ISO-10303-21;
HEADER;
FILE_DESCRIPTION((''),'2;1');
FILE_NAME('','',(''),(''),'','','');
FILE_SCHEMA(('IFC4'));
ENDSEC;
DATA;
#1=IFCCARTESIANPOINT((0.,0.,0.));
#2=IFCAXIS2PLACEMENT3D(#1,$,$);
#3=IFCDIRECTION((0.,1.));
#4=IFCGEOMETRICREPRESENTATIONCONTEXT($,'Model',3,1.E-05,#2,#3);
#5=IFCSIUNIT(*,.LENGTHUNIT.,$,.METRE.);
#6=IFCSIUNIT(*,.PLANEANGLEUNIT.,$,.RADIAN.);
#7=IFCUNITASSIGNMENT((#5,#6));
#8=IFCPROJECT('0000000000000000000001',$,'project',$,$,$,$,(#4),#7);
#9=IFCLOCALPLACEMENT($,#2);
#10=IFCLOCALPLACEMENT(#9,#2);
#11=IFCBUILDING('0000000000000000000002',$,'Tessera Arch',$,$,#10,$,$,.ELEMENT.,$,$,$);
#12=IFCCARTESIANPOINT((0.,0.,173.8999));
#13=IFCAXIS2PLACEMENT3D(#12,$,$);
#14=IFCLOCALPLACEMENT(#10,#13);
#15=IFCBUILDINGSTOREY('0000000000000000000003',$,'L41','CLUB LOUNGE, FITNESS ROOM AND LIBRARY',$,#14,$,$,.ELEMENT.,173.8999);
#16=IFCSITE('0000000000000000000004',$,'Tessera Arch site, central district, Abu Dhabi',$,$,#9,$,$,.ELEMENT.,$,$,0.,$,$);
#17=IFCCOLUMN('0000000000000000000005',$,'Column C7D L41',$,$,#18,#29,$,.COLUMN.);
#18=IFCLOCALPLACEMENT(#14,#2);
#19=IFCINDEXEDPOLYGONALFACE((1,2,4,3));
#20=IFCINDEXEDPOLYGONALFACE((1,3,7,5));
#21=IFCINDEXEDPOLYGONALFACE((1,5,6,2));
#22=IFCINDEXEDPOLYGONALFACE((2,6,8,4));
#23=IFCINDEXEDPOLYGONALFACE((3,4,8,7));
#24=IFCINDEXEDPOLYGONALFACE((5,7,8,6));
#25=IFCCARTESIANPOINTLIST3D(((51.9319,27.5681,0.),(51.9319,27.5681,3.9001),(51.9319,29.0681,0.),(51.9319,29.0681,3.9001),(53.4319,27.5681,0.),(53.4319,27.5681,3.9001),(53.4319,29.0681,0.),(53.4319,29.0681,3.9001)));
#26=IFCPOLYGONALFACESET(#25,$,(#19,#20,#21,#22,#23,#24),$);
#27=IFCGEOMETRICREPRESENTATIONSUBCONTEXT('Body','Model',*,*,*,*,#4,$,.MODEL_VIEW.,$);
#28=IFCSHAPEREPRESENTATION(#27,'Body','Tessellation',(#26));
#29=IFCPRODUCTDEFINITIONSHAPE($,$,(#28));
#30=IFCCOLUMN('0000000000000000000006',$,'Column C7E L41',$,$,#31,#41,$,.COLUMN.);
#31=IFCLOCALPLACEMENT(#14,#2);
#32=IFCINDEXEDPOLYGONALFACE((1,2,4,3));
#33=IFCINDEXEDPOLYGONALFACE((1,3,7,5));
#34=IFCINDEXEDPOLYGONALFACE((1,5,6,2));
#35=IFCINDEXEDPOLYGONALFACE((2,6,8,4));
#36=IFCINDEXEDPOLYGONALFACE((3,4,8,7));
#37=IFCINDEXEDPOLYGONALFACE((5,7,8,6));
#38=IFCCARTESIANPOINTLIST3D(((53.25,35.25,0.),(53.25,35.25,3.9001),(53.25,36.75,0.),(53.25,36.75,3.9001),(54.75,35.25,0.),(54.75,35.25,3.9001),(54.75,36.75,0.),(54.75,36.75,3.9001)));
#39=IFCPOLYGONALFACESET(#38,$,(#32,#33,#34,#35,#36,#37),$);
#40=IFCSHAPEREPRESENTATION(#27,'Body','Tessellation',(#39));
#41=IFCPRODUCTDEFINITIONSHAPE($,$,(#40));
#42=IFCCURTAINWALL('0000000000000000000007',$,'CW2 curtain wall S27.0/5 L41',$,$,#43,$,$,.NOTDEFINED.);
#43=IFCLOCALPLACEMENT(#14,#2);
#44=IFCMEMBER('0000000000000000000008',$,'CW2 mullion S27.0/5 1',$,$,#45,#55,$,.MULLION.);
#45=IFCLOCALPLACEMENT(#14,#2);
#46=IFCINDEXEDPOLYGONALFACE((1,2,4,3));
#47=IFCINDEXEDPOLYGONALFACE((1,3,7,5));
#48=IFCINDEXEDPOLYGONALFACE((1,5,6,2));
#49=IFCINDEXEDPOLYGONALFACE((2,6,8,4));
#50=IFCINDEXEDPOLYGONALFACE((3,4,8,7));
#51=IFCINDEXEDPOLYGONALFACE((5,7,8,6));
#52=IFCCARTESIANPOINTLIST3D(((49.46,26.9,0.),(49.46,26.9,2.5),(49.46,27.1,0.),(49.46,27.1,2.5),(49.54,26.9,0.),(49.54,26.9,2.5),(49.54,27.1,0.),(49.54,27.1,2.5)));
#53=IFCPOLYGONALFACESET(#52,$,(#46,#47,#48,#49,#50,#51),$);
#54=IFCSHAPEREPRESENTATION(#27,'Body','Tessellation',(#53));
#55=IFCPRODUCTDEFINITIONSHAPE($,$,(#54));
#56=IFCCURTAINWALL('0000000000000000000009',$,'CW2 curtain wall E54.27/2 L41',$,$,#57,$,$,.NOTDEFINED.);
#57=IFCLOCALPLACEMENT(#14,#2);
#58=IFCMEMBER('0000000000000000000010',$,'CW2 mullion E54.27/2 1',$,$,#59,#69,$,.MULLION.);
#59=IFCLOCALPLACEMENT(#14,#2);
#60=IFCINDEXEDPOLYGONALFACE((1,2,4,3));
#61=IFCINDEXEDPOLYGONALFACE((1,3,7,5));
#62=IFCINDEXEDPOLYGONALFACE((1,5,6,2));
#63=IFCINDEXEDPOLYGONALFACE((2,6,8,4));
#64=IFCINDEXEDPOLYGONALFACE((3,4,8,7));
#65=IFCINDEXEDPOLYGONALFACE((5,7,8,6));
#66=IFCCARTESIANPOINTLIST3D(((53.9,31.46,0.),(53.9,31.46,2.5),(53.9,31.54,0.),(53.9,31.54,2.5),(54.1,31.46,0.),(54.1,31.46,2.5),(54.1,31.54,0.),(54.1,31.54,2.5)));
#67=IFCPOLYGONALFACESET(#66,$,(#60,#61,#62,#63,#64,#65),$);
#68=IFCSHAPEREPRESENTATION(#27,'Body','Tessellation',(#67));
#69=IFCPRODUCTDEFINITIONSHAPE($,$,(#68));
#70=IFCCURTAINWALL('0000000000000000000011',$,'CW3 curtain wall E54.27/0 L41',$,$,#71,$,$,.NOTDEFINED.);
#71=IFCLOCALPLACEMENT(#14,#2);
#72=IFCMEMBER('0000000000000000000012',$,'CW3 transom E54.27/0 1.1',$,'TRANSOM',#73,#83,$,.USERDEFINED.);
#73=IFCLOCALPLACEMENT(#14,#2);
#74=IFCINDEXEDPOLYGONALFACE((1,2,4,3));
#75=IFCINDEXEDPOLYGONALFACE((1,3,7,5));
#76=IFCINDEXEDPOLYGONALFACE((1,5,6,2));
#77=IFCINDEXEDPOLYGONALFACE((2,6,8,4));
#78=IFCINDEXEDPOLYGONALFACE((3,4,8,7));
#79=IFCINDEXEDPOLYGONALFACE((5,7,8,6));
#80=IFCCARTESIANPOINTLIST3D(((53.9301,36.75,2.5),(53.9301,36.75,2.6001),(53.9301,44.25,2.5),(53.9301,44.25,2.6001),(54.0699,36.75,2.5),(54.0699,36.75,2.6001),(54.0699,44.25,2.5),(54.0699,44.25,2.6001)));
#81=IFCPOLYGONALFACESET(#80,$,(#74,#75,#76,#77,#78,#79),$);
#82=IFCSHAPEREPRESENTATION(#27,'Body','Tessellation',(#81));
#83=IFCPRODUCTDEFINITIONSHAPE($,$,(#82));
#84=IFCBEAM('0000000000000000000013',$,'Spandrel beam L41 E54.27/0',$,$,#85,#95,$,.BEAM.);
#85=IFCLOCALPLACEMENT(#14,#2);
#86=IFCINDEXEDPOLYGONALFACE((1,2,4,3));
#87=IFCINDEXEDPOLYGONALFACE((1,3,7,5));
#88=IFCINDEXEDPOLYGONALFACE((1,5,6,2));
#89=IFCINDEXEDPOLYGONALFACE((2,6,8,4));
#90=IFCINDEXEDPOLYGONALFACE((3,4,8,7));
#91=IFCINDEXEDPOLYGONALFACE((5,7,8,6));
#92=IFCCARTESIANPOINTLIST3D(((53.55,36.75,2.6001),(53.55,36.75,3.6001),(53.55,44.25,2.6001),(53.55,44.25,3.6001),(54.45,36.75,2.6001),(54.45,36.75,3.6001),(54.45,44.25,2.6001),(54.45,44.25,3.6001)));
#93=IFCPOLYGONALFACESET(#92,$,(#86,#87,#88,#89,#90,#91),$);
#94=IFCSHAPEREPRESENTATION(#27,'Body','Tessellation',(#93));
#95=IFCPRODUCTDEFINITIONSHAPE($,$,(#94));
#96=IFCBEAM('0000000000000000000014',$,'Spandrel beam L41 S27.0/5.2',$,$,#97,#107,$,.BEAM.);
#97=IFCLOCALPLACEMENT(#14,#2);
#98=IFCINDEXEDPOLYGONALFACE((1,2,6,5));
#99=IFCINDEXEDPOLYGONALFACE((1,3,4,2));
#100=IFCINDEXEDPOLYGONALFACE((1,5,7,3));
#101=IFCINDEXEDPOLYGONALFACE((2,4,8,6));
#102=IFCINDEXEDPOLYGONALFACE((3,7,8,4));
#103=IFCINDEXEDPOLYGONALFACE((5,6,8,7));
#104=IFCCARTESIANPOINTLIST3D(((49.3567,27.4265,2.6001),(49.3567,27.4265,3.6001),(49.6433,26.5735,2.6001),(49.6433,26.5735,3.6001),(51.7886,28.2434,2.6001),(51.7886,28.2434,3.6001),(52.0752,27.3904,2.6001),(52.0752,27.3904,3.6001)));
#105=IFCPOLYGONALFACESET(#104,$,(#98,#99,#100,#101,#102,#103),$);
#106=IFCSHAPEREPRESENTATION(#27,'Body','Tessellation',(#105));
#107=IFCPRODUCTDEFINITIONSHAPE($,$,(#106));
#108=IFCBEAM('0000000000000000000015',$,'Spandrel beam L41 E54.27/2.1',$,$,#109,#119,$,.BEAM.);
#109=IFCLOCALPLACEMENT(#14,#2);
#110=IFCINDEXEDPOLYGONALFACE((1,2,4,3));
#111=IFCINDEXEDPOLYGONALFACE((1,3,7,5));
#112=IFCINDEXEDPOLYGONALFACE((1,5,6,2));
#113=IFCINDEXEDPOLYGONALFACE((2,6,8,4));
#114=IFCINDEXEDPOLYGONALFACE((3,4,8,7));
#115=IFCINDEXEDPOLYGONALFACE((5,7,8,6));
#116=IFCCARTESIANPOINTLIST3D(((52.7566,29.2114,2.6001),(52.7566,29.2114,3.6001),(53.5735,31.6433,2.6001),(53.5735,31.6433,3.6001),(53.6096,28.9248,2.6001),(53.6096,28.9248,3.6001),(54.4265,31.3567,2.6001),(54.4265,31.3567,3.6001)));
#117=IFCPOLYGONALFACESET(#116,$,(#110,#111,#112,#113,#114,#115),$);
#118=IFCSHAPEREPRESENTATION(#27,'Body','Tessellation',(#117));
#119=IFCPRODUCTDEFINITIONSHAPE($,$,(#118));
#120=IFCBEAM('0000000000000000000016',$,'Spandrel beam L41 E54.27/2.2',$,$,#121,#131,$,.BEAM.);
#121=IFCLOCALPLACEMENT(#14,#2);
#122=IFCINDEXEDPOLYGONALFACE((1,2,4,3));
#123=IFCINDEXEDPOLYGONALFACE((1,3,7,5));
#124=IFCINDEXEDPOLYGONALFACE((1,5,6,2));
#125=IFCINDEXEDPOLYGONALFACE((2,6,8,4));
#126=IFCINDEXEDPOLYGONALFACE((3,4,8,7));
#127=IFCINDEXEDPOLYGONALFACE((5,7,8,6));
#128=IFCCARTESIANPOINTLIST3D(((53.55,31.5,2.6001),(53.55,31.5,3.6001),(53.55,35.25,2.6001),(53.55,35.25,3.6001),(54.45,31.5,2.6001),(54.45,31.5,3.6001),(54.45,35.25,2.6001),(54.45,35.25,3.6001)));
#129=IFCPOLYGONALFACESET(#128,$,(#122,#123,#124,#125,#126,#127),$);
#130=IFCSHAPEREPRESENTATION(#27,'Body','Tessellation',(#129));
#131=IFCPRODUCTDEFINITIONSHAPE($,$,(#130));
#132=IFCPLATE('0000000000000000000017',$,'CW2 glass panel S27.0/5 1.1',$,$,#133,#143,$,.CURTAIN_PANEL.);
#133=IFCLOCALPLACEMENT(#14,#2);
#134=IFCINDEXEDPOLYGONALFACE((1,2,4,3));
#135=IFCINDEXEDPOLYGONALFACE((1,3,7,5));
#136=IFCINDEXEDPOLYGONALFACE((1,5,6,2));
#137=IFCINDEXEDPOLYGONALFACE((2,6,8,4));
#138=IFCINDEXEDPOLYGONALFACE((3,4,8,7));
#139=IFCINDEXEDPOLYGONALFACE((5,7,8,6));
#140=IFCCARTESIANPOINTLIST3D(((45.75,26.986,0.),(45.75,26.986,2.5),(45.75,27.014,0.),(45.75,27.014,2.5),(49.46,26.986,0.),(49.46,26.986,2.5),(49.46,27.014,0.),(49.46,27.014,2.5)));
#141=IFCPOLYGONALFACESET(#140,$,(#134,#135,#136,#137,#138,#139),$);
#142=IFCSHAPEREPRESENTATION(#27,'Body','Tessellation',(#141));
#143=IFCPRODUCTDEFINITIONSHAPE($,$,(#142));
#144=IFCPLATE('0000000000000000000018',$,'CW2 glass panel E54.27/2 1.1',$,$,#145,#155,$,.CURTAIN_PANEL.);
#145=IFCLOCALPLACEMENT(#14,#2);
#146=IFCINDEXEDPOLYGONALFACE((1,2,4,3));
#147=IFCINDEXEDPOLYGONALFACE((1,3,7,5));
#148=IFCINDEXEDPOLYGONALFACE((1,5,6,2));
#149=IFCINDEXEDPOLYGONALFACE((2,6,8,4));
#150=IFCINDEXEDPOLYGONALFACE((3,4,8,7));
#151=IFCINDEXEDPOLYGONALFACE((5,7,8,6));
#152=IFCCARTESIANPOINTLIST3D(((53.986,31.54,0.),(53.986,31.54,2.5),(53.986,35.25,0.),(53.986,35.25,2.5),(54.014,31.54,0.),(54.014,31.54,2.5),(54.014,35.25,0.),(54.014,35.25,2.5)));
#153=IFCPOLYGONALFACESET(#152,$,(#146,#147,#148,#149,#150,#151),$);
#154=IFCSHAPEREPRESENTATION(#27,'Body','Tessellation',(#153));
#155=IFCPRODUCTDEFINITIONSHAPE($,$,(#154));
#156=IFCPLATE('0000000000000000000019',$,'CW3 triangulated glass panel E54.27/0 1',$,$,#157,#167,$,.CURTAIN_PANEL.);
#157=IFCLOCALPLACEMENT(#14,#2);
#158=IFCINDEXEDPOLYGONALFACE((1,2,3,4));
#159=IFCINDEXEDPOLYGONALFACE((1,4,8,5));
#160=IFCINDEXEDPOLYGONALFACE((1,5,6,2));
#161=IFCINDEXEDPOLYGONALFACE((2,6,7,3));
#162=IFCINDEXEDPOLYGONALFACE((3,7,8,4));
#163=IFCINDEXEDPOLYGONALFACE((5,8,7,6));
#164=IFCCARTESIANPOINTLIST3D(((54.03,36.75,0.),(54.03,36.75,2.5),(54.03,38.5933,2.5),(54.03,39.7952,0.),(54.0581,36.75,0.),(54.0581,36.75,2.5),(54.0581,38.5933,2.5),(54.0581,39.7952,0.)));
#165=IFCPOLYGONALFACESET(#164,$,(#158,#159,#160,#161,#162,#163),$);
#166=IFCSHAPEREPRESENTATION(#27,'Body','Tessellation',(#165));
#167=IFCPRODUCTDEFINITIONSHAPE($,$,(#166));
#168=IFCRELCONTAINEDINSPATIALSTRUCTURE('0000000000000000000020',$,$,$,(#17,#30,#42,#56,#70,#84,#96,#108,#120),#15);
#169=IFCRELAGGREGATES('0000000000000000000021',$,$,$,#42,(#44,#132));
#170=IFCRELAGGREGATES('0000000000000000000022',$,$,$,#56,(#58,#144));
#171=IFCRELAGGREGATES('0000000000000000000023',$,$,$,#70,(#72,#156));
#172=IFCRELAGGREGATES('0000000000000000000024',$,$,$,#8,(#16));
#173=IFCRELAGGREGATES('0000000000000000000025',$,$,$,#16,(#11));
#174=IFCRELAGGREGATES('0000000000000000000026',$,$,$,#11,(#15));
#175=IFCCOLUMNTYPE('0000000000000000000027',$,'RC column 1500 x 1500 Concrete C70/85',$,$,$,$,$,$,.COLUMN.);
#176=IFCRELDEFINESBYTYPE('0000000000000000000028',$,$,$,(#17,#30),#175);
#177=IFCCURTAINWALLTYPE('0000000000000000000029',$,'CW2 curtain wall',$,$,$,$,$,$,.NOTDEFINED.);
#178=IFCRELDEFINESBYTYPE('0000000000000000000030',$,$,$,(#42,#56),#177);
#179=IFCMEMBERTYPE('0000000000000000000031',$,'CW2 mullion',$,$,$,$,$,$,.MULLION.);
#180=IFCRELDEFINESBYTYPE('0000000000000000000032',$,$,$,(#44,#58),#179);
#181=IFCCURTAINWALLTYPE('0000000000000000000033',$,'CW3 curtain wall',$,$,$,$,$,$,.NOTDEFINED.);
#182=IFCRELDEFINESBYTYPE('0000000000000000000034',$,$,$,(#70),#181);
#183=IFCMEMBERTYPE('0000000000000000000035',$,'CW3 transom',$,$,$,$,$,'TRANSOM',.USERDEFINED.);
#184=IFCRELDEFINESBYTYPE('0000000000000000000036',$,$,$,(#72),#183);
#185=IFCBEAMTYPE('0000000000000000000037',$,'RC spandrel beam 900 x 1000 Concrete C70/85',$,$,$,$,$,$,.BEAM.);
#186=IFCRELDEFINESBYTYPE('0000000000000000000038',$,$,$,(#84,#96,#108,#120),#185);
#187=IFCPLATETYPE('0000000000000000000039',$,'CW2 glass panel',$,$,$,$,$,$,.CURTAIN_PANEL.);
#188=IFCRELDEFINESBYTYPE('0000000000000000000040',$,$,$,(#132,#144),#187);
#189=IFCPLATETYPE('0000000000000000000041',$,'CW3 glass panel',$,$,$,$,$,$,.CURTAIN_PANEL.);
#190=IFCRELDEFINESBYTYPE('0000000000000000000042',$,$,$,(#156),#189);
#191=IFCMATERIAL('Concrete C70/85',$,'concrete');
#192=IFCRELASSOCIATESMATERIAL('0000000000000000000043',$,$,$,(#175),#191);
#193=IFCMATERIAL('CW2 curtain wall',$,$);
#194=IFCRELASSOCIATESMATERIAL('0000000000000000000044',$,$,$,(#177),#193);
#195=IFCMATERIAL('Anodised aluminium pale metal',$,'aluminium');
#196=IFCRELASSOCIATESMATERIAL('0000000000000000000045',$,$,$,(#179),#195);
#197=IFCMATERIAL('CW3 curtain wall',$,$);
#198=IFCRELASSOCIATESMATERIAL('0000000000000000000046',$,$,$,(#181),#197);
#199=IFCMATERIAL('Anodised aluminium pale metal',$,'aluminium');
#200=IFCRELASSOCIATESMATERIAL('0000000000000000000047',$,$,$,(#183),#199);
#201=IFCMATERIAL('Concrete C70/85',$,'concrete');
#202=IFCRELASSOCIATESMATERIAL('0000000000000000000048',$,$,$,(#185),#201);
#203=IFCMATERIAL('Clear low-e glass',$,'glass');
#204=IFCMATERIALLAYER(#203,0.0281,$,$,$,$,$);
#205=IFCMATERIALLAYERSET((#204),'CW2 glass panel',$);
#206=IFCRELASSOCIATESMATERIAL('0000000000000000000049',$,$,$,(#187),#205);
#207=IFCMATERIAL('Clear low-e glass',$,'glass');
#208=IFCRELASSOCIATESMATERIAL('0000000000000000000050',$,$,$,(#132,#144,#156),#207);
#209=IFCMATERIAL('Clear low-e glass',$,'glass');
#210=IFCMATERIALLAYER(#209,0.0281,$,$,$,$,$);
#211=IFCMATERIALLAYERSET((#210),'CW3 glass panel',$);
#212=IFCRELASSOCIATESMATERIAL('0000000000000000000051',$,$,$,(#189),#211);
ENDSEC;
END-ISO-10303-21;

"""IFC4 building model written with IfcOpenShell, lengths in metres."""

from ifc_helpers import new_model, si_unit, direction, frame, origin, origin_2d, place, context, subcontext, project, spatial, polyline, rectangle, outline, extrude, material, layer, layer_set, material_profile, profile_set, type_object, element, aggregate, save


model = new_model("IFC4")

# Units and contexts
model_context = context("Model", 3, precision=1e-05, world=origin(), true_north=direction((0.0, 1.0)))
body_context = subcontext(model_context, "Body", "Model", "MODEL_VIEW")
ifc_project = project(units=[si_unit("LENGTHUNIT", "METRE"), si_unit("PLANEANGLEUNIT", "RADIAN")], contexts=[model_context])

# Site, building, storey
site_placement = place(None, origin())
site = spatial("IfcSite", under=ifc_project, at=site_placement, Name="Tessera Arch site, central district, Abu Dhabi", CompositionType="ELEMENT", RefElevation=0.0)
building_placement = place(site_placement, origin())
building = spatial("IfcBuilding", under=site, at=building_placement, Name="Tessera Arch", CompositionType="ELEMENT")
storey_placement = place(building_placement, frame((0.0, 0.0, 173.8999)))
storey = spatial("IfcBuildingStorey", under=building, at=storey_placement, Name="L41", Description="CLUB LOUNGE, FITNESS ROOM AND LIBRARY", CompositionType="ELEMENT", Elevation=173.8999)

# Columns
ifc_material_1 = material(Name="Concrete C70/85", Category="concrete")
ifc_material_profile_1 = material_profile(ifc_material_1, rectangle(XDim=1.5, YDim=1.5, at=origin_2d()), Name="RC column 1500 x 1500 Concrete C70/85")
ifc_profile_set_1 = profile_set([ifc_material_profile_1], Name="Concrete C70/85")
column_type = type_object("IfcColumnType", Name="RC column 1500 x 1500 Concrete C70/85", PredefinedType="COLUMN", material=ifc_profile_set_1)
for number, where, z_axis, x_axis, name in (
    (1, (52.6819, 28.3181, 0.0), (0.0, 0.0, 1.0), (1.0, 0.0, 0.0), "Column C7D L41"),
    (2, (54.0, 36.0, 0.0), (0.0, 0.0, 1.0), (1.0, 0.0, 0.0), "Column C7E L41"),
):
    element("IfcColumn", number, at=place(storey_placement, frame(where, z_axis=z_axis, x_axis=x_axis)), inside=storey, type_object=column_type, Name=name, PredefinedType="COLUMN", context=body_context, shape_type="SweptSolid", body=[
        extrude(rectangle(XDim=1.5, YDim=1.5, at=origin_2d()), origin(), (0.0, 0.0, 1.0), 3.9001),
    ])

# Curtain walls, members
ifc_material_2 = material(Name="CW2 curtain wall")
curtain_wall_type_1 = type_object("IfcCurtainWallType", Name="CW2 curtain wall", PredefinedType="NOTDEFINED", material=ifc_material_2)
curtain_wall_1_placement = place(storey_placement, origin())
curtain_wall_1 = element("IfcCurtainWall", 3, at=curtain_wall_1_placement, inside=storey, type_object=curtain_wall_type_1, Name="CW2 curtain wall S27.0/5 L41", PredefinedType="NOTDEFINED")
ifc_material_3 = material(Name="Anodised aluminium pale metal", Category="aluminium")
ifc_material_profile_2 = material_profile(ifc_material_3, rectangle(XDim=0.2, YDim=0.0801, at=origin_2d()), Name="AL 80x200")
ifc_profile_set_2 = profile_set([ifc_material_profile_2], Name="Anodised aluminium pale metal")
member_type_1 = type_object("IfcMemberType", Name="CW2 mullion", PredefinedType="MULLION", material=ifc_profile_set_2)
member_1_placement = place(storey_placement, frame((49.5, 27.0, 0.0), z_axis=(0.0, 0.0, 1.0), x_axis=(0.0, 1.0, 0.0)))
member_1 = element("IfcMember", 4, at=member_1_placement, type_object=member_type_1, Name="CW2 mullion S27.0/5 1", PredefinedType="MULLION", context=body_context, shape_type="SweptSolid", body=[
    extrude(rectangle(XDim=0.2, YDim=0.0801, at=origin_2d()), origin(), (0.0, 0.0, 1.0), 2.5),
])
curtain_wall_2_placement = place(storey_placement, origin())
curtain_wall_2 = element("IfcCurtainWall", 5, at=curtain_wall_2_placement, inside=storey, type_object=curtain_wall_type_1, Name="CW2 curtain wall E54.27/2 L41", PredefinedType="NOTDEFINED")
member_2_placement = place(storey_placement, frame((54.0, 31.5, 0.0), z_axis=(0.0, 0.0, 1.0), x_axis=(-1.0, 0.0, 0.0)))
member_2 = element("IfcMember", 6, at=member_2_placement, type_object=member_type_1, Name="CW2 mullion E54.27/2 1", PredefinedType="MULLION", context=body_context, shape_type="SweptSolid", body=[
    extrude(rectangle(XDim=0.2, YDim=0.0801, at=origin_2d()), origin(), (0.0, 0.0, 1.0), 2.5),
])
ifc_material_4 = material(Name="CW3 curtain wall")
curtain_wall_type_2 = type_object("IfcCurtainWallType", Name="CW3 curtain wall", PredefinedType="NOTDEFINED", material=ifc_material_4)
curtain_wall_3_placement = place(storey_placement, origin())
curtain_wall_3 = element("IfcCurtainWall", 7, at=curtain_wall_3_placement, inside=storey, type_object=curtain_wall_type_2, Name="CW3 curtain wall E54.27/0 L41", PredefinedType="NOTDEFINED")
ifc_material_5 = material(Name="Anodised aluminium pale metal", Category="aluminium")
ifc_material_profile_3 = material_profile(ifc_material_5, rectangle(XDim=0.1399, YDim=0.1001, at=origin_2d()), Name="AL 140x100")
ifc_profile_set_3 = profile_set([ifc_material_profile_3], Name="Anodised aluminium pale metal")
member_type_2 = type_object("IfcMemberType", Name="CW3 transom", ElementType="TRANSOM", PredefinedType="USERDEFINED", material=ifc_profile_set_3)
member_3_placement = place(storey_placement, frame((54.0, 36.75, 2.55), z_axis=(0.0, 1.0, 0.0), x_axis=(-1.0, 0.0, 0.0)))
member_3 = element("IfcMember", 8, at=member_3_placement, type_object=member_type_2, Name="CW3 transom E54.27/0 1.1", ObjectType="TRANSOM", PredefinedType="USERDEFINED", context=body_context, shape_type="SweptSolid", body=[
    extrude(rectangle(XDim=0.1399, YDim=0.1001, at=origin_2d()), origin(), (0.0, 0.0, 1.0), 7.5),
])

# Beams
ifc_material_6 = material(Name="Concrete C70/85", Category="concrete")
ifc_material_profile_4 = material_profile(ifc_material_6, rectangle(XDim=0.8999, YDim=1.0, at=origin_2d()), Name="RC spandrel beam 900 x 1000 Concrete C70/85")
ifc_profile_set_4 = profile_set([ifc_material_profile_4], Name="Concrete C70/85")
beam_type = type_object("IfcBeamType", Name="RC spandrel beam 900 x 1000 Concrete C70/85", PredefinedType="BEAM", material=ifc_profile_set_4)
beam_1_placement = place(storey_placement, frame((54.0, 36.75, 3.1001), z_axis=(0.0, 1.0, 0.0), x_axis=(-1.0, 0.0, 0.0)))
element("IfcBeam", 9, at=beam_1_placement, inside=storey, type_object=beam_type, Name="Spandrel beam L41 E54.27/0", PredefinedType="BEAM", context=body_context, shape_type="SweptSolid", body=[
    extrude(rectangle(XDim=0.8999, YDim=1.0, at=origin_2d()), origin(), (0.0, 0.0, 1.0), 7.5),
])
for number, where, z_axis, x_axis, name in (
    (10, (49.5, 27.0, 3.1001), (0.947948, 0.318425, 0.0), (-0.318425, 0.947948, 0.0), "Spandrel beam L41 S27.0/5.2"),
    (11, (53.1831, 29.0681, 3.1001), (0.318425, 0.947948, 0.0), (-0.947948, 0.318425, 0.0), "Spandrel beam L41 E54.27/2.1"),
):
    element("IfcBeam", number, at=place(storey_placement, frame(where, z_axis=z_axis, x_axis=x_axis)), inside=storey, type_object=beam_type, Name=name, PredefinedType="BEAM", context=body_context, shape_type="SweptSolid", body=[
        extrude(rectangle(XDim=0.8999, YDim=1.0, at=origin_2d()), origin(), (0.0, 0.0, 1.0), 2.5654),
    ])
beam_2_placement = place(storey_placement, frame((54.0, 31.5, 3.1001), z_axis=(0.0, 1.0, 0.0), x_axis=(-1.0, 0.0, 0.0)))
element("IfcBeam", 12, at=beam_2_placement, inside=storey, type_object=beam_type, Name="Spandrel beam L41 E54.27/2.2", PredefinedType="BEAM", context=body_context, shape_type="SweptSolid", body=[
    extrude(rectangle(XDim=0.8999, YDim=1.0, at=origin_2d()), origin(), (0.0, 0.0, 1.0), 3.75),
])

# Plates
ifc_material_7 = material(Name="Clear low-e glass", Category="glass")
ifc_material_8 = material(Name="Clear low-e glass", Category="glass")
ifc_layer_1 = layer(ifc_material_8, 0.0281)
ifc_layer_set_1 = layer_set([ifc_layer_1], Name="CW2 glass panel")
plate_type_1 = type_object("IfcPlateType", Name="CW2 glass panel", PredefinedType="CURTAIN_PANEL", material=ifc_layer_set_1)
plate_1_placement = place(storey_placement, frame((47.605, 27.0, 0.0), z_axis=(0.0, 0.0, 1.0), x_axis=(1.0, 0.0, 0.0)))
plate_1 = element("IfcPlate", 13, at=plate_1_placement, type_object=plate_type_1, material=ifc_material_7, Name="CW2 glass panel S27.0/5 1.1", PredefinedType="CURTAIN_PANEL", context=body_context, shape_type="SweptSolid", body=[
    extrude(rectangle(XDim=3.71, YDim=0.0281, at=origin_2d()), origin(), (0.0, 0.0, 1.0), 2.5),
])
aggregate(curtain_wall_1, [member_1, plate_1])
plate_2_placement = place(storey_placement, frame((54.0, 33.395, 0.0), z_axis=(0.0, 0.0, 1.0), x_axis=(0.0, 1.0, 0.0)))
plate_2 = element("IfcPlate", 14, at=plate_2_placement, type_object=plate_type_1, material=ifc_material_7, Name="CW2 glass panel E54.27/2 1.1", PredefinedType="CURTAIN_PANEL", context=body_context, shape_type="SweptSolid", body=[
    extrude(rectangle(XDim=3.71, YDim=0.0281, at=origin_2d()), origin(), (0.0, 0.0, 1.0), 2.5),
])
aggregate(curtain_wall_2, [member_2, plate_2])
ifc_material_9 = material(Name="Clear low-e glass", Category="glass")
ifc_layer_2 = layer(ifc_material_9, 0.0281)
ifc_layer_set_2 = layer_set([ifc_layer_2], Name="CW3 glass panel")
plate_type_2 = type_object("IfcPlateType", Name="CW3 glass panel", PredefinedType="CURTAIN_PANEL", material=ifc_layer_set_2)
plate_3_placement = place(storey_placement, frame((54.0581, 36.75, 0.0), z_axis=(1.0, 0.0, 0.0), x_axis=(0.0, 1.0, 0.0)))
plate_3 = element("IfcPlate", 15, at=plate_3_placement, type_object=plate_type_2, material=ifc_material_7, Name="CW3 triangulated glass panel E54.27/0 1", PredefinedType="CURTAIN_PANEL", context=body_context, shape_type="SweptSolid", body=[
    extrude(outline(polyline([(0.0, 0.0), (3.0452, 0.0), (1.8433, 2.5), (0.0, 2.5), (0.0, 0.0)])), origin(), (0.0, 0.0, -1.0), 0.0281),
])
aggregate(curtain_wall_3, [member_3, plate_3])

save(model, "model.ifc")
